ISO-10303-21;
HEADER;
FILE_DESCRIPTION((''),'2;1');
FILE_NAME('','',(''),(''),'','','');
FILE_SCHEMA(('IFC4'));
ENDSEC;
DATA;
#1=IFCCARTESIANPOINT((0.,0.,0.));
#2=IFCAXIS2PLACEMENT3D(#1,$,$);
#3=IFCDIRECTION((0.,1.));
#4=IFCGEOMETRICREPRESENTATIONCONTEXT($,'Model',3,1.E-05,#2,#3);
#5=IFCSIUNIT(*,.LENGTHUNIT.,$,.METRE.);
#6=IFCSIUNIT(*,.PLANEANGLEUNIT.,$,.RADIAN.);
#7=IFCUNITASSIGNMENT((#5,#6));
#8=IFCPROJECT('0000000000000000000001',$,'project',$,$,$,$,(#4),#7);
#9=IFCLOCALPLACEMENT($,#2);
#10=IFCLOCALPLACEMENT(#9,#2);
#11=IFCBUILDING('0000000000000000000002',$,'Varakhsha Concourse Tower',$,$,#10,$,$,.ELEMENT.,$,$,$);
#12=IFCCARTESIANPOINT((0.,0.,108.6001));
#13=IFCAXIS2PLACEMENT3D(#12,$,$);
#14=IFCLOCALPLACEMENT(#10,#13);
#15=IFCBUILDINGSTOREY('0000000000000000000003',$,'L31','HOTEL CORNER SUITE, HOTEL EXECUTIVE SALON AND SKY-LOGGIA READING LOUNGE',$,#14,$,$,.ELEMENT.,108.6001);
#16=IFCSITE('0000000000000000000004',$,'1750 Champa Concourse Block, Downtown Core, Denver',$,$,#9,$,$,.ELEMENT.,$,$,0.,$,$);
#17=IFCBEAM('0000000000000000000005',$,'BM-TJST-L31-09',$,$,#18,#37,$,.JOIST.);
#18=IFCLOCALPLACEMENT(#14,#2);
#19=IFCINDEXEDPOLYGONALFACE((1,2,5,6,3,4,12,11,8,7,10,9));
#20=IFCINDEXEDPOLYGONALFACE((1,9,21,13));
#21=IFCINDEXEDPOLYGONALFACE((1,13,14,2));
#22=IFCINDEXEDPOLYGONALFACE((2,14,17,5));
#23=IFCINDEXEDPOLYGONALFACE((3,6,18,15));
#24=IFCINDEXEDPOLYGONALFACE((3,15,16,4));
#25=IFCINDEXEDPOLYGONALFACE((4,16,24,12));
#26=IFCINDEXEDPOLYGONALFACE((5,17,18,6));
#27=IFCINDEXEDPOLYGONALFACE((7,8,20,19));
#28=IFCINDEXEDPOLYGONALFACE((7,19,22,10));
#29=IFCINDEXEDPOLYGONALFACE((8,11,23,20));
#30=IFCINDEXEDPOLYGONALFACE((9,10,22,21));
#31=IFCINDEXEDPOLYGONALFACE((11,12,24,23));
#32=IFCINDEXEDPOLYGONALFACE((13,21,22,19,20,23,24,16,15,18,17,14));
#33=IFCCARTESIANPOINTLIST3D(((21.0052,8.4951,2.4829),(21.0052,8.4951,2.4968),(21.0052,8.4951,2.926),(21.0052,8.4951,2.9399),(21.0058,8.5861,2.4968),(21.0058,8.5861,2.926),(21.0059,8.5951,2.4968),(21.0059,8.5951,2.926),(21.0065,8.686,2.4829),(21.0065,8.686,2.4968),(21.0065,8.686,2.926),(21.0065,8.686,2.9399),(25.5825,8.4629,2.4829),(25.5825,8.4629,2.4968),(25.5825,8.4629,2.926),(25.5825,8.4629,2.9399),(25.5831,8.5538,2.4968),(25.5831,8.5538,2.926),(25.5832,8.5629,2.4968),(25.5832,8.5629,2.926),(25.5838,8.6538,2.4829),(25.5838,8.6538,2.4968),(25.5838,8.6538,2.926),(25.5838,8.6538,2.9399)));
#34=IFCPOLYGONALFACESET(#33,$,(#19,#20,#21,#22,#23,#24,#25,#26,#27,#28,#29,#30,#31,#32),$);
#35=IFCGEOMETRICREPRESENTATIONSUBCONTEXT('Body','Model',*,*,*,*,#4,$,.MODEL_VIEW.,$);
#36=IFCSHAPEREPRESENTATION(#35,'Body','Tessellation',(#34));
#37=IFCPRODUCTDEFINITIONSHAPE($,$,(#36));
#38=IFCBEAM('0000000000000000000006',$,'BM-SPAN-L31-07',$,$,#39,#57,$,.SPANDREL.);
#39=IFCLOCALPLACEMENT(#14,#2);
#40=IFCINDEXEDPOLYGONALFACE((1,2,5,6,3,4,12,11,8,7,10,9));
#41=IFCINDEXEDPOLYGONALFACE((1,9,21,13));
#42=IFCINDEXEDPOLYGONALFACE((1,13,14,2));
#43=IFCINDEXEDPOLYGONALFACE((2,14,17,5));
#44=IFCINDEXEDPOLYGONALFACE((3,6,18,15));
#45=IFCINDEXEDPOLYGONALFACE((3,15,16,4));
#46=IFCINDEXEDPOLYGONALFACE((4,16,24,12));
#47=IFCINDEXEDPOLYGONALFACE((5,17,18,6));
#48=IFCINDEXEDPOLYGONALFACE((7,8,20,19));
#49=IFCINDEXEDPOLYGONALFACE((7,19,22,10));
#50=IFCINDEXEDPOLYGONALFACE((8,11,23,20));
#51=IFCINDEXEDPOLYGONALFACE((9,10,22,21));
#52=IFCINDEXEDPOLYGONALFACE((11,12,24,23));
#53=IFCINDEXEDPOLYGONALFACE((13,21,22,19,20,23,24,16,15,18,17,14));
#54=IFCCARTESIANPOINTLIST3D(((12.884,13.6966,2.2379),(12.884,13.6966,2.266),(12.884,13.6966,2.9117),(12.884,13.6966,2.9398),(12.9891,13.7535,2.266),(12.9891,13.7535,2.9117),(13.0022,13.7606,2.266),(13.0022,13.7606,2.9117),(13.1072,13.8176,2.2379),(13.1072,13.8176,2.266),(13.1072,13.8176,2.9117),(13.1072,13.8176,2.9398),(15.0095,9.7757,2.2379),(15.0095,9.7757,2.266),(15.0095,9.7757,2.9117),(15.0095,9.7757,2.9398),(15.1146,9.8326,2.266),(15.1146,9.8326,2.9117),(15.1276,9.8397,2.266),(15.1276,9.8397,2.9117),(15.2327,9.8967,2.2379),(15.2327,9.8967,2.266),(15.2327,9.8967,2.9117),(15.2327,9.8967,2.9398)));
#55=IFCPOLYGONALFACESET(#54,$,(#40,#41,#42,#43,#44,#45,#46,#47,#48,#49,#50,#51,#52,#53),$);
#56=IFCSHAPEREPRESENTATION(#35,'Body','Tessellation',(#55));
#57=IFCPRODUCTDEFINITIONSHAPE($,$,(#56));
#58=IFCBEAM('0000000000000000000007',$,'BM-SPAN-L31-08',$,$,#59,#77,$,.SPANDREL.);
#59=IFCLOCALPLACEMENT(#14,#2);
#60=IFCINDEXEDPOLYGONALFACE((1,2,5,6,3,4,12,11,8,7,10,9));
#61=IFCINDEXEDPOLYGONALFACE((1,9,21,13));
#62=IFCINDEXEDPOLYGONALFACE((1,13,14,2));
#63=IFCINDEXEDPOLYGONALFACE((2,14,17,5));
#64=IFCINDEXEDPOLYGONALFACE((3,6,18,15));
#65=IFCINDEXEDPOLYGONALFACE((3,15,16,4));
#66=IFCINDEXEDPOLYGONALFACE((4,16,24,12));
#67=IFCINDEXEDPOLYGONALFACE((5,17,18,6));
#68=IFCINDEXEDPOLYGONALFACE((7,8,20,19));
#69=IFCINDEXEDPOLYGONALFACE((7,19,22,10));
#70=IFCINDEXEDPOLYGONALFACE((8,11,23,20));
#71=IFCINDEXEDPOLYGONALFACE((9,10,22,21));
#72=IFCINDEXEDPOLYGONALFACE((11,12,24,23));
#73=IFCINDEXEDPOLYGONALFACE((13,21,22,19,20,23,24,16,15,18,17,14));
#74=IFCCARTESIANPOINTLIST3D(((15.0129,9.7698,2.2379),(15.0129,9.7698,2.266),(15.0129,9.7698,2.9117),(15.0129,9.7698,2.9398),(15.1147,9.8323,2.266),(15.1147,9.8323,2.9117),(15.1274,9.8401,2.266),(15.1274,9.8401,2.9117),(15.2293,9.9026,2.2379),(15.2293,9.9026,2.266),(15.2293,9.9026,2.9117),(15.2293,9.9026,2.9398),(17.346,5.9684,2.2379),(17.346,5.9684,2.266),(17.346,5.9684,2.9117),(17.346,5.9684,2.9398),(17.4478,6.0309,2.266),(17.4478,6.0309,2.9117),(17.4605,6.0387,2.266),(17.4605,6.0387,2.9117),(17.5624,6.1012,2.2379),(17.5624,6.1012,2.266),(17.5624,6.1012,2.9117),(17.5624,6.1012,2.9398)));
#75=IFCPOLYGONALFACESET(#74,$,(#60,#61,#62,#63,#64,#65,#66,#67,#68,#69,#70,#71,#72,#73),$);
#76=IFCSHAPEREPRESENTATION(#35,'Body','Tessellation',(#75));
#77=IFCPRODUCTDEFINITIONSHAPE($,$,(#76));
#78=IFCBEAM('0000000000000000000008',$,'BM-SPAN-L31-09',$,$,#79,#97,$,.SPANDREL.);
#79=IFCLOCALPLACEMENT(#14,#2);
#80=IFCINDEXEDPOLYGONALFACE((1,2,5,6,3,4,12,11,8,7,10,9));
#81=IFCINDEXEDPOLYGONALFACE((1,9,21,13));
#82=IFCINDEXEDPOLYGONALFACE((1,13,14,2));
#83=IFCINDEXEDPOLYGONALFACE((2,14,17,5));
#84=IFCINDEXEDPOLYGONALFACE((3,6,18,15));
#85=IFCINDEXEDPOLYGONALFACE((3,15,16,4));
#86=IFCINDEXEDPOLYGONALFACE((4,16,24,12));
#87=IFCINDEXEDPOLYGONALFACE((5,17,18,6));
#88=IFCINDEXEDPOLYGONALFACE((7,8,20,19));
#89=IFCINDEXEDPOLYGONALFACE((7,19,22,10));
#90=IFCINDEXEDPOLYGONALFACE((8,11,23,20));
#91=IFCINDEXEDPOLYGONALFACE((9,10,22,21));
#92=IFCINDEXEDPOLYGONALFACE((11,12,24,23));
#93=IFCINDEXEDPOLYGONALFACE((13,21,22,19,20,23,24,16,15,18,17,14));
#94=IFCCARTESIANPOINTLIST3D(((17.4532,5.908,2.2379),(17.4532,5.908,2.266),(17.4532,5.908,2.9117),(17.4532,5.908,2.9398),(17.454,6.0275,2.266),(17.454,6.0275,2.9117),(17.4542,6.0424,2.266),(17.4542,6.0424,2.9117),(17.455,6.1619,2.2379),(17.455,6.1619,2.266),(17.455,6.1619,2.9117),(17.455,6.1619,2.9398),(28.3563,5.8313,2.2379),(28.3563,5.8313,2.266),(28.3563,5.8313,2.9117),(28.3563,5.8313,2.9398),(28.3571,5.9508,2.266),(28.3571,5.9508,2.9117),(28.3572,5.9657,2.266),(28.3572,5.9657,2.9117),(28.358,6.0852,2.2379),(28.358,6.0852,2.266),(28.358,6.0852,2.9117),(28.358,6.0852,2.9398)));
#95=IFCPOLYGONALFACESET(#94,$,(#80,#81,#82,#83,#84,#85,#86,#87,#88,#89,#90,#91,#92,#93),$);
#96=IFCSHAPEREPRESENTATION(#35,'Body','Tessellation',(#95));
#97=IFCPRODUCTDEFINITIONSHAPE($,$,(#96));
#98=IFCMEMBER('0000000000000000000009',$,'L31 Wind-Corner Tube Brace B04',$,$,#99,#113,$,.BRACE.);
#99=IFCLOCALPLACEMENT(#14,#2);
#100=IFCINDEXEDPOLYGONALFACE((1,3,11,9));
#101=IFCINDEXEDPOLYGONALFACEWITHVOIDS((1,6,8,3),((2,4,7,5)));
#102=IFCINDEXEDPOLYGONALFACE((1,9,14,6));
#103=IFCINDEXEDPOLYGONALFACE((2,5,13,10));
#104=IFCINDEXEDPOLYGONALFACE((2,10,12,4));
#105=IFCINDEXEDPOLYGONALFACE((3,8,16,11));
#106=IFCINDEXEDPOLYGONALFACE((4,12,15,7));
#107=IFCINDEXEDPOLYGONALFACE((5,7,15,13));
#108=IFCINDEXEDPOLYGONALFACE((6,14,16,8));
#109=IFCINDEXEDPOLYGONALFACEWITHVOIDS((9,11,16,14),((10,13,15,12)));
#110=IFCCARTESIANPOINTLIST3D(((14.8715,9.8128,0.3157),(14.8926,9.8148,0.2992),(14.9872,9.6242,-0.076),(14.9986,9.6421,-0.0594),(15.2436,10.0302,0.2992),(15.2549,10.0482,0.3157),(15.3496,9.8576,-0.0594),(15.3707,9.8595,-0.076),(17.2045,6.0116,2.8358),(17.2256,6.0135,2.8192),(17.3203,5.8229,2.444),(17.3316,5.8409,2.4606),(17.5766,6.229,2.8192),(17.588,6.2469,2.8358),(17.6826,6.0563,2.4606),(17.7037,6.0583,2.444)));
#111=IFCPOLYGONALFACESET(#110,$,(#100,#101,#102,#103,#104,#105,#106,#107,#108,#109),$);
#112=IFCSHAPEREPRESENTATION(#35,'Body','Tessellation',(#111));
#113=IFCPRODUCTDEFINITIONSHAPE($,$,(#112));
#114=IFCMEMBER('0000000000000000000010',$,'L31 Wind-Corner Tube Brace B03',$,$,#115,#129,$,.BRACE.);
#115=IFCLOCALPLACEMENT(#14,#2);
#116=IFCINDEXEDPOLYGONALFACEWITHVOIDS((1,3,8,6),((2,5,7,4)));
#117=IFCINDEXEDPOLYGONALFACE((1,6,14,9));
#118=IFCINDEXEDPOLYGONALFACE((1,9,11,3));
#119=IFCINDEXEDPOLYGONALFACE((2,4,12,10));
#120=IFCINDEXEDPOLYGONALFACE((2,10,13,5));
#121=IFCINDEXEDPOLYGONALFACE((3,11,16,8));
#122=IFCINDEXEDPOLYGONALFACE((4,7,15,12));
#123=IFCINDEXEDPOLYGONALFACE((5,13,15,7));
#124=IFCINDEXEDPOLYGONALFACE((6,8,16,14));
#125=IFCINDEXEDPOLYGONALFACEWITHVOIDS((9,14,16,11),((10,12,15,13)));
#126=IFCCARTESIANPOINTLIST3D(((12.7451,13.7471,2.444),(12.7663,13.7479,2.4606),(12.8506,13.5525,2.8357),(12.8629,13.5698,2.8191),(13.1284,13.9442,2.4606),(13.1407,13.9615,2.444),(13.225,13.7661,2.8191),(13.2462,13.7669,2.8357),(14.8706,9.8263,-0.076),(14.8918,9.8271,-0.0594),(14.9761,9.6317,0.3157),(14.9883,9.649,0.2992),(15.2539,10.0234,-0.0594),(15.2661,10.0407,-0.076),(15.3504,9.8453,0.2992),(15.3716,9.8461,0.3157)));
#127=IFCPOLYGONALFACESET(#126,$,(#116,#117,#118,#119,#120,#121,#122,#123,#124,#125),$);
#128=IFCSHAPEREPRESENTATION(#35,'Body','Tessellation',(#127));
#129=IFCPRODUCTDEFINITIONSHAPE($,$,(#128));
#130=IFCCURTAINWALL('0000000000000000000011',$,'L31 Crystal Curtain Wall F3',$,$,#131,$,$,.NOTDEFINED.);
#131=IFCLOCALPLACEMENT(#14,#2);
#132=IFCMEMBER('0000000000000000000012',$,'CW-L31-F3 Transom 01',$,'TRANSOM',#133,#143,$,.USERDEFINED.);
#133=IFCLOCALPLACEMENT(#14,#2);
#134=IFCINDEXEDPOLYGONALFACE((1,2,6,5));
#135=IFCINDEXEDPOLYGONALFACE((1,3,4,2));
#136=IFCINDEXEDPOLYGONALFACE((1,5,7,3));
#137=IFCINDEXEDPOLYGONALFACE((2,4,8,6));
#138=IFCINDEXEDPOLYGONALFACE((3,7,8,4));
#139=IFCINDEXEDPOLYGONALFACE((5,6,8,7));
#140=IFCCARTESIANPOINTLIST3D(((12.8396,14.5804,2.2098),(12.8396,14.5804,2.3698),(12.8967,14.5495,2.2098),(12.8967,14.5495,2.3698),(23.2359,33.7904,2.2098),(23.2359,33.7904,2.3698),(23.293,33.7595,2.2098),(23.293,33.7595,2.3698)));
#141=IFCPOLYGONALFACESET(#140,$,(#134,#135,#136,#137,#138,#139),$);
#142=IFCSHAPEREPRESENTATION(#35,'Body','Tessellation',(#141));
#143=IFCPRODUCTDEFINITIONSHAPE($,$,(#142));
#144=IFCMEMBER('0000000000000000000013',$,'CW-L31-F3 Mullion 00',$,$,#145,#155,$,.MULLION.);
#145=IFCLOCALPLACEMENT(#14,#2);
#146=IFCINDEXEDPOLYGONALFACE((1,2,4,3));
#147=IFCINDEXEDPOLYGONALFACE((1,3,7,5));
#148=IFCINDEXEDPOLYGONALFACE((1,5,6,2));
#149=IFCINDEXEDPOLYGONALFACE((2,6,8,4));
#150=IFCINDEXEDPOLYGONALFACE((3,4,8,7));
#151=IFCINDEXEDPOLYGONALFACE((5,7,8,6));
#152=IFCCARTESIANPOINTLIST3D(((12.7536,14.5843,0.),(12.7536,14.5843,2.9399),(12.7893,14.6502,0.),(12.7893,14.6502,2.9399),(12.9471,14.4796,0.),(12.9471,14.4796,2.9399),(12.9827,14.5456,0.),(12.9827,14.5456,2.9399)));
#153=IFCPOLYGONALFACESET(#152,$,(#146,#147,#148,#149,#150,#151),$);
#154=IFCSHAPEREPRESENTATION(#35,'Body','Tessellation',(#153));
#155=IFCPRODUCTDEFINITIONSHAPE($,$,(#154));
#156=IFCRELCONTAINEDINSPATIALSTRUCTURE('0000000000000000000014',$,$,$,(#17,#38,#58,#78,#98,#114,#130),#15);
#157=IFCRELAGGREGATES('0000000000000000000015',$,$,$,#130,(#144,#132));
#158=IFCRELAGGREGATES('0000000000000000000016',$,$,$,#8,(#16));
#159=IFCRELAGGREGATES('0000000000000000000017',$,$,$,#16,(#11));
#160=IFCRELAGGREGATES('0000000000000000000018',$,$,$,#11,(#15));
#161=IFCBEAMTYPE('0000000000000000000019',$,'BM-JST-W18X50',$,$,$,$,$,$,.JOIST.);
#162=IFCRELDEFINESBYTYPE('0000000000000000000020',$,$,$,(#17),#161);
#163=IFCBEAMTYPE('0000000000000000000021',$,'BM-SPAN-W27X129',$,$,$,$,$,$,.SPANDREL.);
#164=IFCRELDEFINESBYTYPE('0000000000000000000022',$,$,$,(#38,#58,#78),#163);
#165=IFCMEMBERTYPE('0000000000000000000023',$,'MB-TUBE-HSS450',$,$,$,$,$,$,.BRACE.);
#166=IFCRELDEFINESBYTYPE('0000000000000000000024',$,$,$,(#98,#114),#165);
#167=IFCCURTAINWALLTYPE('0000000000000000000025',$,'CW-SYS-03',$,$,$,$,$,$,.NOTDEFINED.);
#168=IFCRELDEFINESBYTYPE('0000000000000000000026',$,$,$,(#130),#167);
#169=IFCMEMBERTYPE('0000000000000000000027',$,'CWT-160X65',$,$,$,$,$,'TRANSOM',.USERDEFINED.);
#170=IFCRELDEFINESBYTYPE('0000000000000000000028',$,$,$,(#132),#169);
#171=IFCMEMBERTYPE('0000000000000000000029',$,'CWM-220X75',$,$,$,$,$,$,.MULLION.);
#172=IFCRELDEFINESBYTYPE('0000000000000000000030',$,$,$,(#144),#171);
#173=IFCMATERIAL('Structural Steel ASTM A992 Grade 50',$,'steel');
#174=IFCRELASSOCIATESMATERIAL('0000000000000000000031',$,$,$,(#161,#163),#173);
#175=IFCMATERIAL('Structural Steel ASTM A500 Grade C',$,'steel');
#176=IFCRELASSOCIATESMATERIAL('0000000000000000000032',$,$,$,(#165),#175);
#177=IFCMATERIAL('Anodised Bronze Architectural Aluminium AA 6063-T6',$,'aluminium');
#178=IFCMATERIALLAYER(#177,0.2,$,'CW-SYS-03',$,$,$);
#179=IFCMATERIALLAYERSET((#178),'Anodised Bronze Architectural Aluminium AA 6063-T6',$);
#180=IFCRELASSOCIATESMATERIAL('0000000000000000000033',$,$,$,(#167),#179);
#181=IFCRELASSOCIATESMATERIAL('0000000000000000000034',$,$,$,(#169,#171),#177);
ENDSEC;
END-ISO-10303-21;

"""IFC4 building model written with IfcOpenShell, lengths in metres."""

from ifc_helpers import new_model, si_unit, direction, frame, origin, origin_2d, place, context, subcontext, project, spatial, rectangle, hollow_rectangle, i_section, extrude, source, transform, mapped, material, layer, layer_set, material_profile, profile_set, type_object, type_shapes, element, aggregate, save


model = new_model("IFC4")

# Units and contexts
model_context = context("Model", 3, precision=1e-05, world=origin(), true_north=direction((0.0, 1.0)))
body_context = subcontext(model_context, "Body", "Model", "MODEL_VIEW")
ifc_project = project(units=[si_unit("LENGTHUNIT", "METRE"), si_unit("PLANEANGLEUNIT", "RADIAN")], contexts=[model_context])

# Site, building, storey
site_placement = place(None, origin())
site = spatial("IfcSite", under=ifc_project, at=site_placement, Name="1750 Champa Concourse Block, Downtown Core, Denver", CompositionType="ELEMENT", RefElevation=0.0)
building_placement = place(site_placement, origin())
building = spatial("IfcBuilding", under=site, at=building_placement, Name="Varakhsha Concourse Tower", CompositionType="ELEMENT")
storey_placement = place(building_placement, frame((0.0, 0.0, 108.6001)))
storey = spatial("IfcBuildingStorey", under=building, at=storey_placement, Name="L31", Description="HOTEL CORNER SUITE, HOTEL EXECUTIVE SALON AND SKY-LOGGIA READING LOUNGE", CompositionType="ELEMENT", Elevation=108.6001)

# Shared definitions
ifc_material_1 = material(Name="Structural Steel ASTM A992 Grade 50", Category="steel")

# Beams
ifc_material_profile_1 = material_profile(ifc_material_1, i_section(OverallWidth=0.1909, OverallDepth=0.457, WebThickness=0.009, FlangeThickness=0.0139, at=origin_2d()), Name="W18X50")
ifc_profile_set_1 = profile_set([ifc_material_profile_1], Name="Structural Steel ASTM A992 Grade 50")
beam_type_1 = type_object("IfcBeamType", Name="BM-JST-W18X50", PredefinedType="JOIST", material=ifc_profile_set_1)
beam_1_placement = place(storey_placement, frame((21.0059, 8.5906, 2.7114), z_axis=(0.999975, -0.00704, 0.0), x_axis=(0.00704, 0.999975, 0.0)))
element("IfcBeam", 1, at=beam_1_placement, inside=storey, type_object=beam_type_1, Name="BM-TJST-L31-09", PredefinedType="JOIST", context=body_context, shape_type="SweptSolid", body=[
    extrude(i_section(OverallWidth=0.1909, OverallDepth=0.457, WebThickness=0.009, FlangeThickness=0.0139, at=origin_2d()), origin(), (0.0, 0.0, 1.0), 4.5774),
])
ifc_material_profile_2 = material_profile(ifc_material_1, i_section(OverallWidth=0.2539, OverallDepth=0.7019, WebThickness=0.0149, FlangeThickness=0.0281, at=origin_2d()), Name="W27X129")
ifc_profile_set_2 = profile_set([ifc_material_profile_2], Name="Structural Steel ASTM A992 Grade 50")
beam_type_2 = type_object("IfcBeamType", Name="BM-SPAN-W27X129", PredefinedType="SPANDREL", material=ifc_profile_set_2)
beam_2_placement = place(storey_placement, frame((12.9956, 13.7571, 2.5889), z_axis=(0.476572, -0.879135, 0.0), x_axis=(0.879135, 0.476572, 0.0)))
element("IfcBeam", 2, at=beam_2_placement, inside=storey, type_object=beam_type_2, Name="BM-SPAN-L31-07", PredefinedType="SPANDREL", context=body_context, shape_type="SweptSolid", body=[
    extrude(i_section(OverallWidth=0.2539, OverallDepth=0.7019, WebThickness=0.0149, FlangeThickness=0.0281, at=origin_2d()), origin(), (0.0, 0.0, 1.0), 4.46),
])
beam_3_placement = place(storey_placement, frame((15.1211, 9.8362, 2.5889), z_axis=(0.523083, -0.852282, 0.0), x_axis=(0.852282, 0.523083, 0.0)))
element("IfcBeam", 3, at=beam_3_placement, inside=storey, type_object=beam_type_2, Name="BM-SPAN-L31-08", PredefinedType="SPANDREL", context=body_context, shape_type="SweptSolid", body=[
    extrude(i_section(OverallWidth=0.2539, OverallDepth=0.7019, WebThickness=0.0149, FlangeThickness=0.0281, at=origin_2d()), origin(), (0.0, 0.0, 1.0), 4.4602),
])
beam_4_placement = place(storey_placement, frame((17.4541, 6.0349, 2.5889), z_axis=(0.999975, -0.007031, 0.0), x_axis=(0.007031, 0.999975, 0.0)))
element("IfcBeam", 4, at=beam_4_placement, inside=storey, type_object=beam_type_2, Name="BM-SPAN-L31-09", PredefinedType="SPANDREL", context=body_context, shape_type="SweptSolid", body=[
    extrude(i_section(OverallWidth=0.2539, OverallDepth=0.7019, WebThickness=0.0149, FlangeThickness=0.0281, at=origin_2d()), origin(), (0.0, 0.0, 1.0), 10.9033),
])

# Members
ifc_material_2 = material(Name="Structural Steel ASTM A500 Grade C", Category="steel")
ifc_material_profile_3 = material_profile(ifc_material_2, hollow_rectangle(XDim=0.45, YDim=0.45, WallThickness=0.019, at=origin_2d()), Name="HSS 450x450x19")
ifc_profile_set_3 = profile_set([ifc_material_profile_3], Name="Structural Steel ASTM A500 Grade C")
member_type_1 = type_object("IfcMemberType", Name="MB-TUBE-HSS450", PredefinedType="BRACE", material=ifc_profile_set_3)
shared_shape_1 = source(origin(), body_context, "Body", "SweptSolid", [
    extrude(hollow_rectangle(XDim=0.45, YDim=0.45, WallThickness=0.019, at=origin_2d()), origin(), (0.0, 0.0, 1.0), 5.1228),
])
member_1_placement = place(storey_placement, frame((15.1211, 9.8362, 0.1199), z_axis=(0.455417, -0.74203, 0.491922), x_axis=(0.852282, 0.523083, 0.0)))
element("IfcMember", 5, at=member_1_placement, inside=storey, type_object=member_type_1, Name="L31 Wind-Corner Tube Brace B04", PredefinedType="BRACE", context=body_context, shape_type="MappedRepresentation", body=[
    mapped(shared_shape_1, transform((0.0, 0.0, 0.0), scale=1.0)),
])
shared_shape_2 = source(origin(), body_context, "Body", "SweptSolid", [
    extrude(hollow_rectangle(XDim=0.45, YDim=0.45, WallThickness=0.019, at=origin_2d()), origin(), (0.0, 0.0, 1.0), 5.1226),
])
type_shapes(member_type_1, [shared_shape_1, shared_shape_2])
member_2_placement = place(storey_placement, frame((15.1211, 9.8362, 0.1199), z_axis=(-0.414919, 0.765403, 0.491936), x_axis=(-0.879135, -0.476572, 0.0)))
element("IfcMember", 6, at=member_2_placement, inside=storey, type_object=member_type_1, Name="L31 Wind-Corner Tube Brace B03", PredefinedType="BRACE", context=body_context, shape_type="MappedRepresentation", body=[
    mapped(shared_shape_2, transform((0.0, 0.0, 0.0), scale=1.0)),
])

# Curtain wall, members
ifc_material_3 = material(Name="Anodised Bronze Architectural Aluminium AA 6063-T6", Category="aluminium")
ifc_layer_1 = layer(ifc_material_3, 0.2, Name="CW-SYS-03")
ifc_layer_set_1 = layer_set([ifc_layer_1], Name="Anodised Bronze Architectural Aluminium AA 6063-T6")
curtain_wall_type = type_object("IfcCurtainWallType", Name="CW-SYS-03", PredefinedType="NOTDEFINED", material=ifc_layer_set_1)
curtain_wall_placement = place(storey_placement, origin())
curtain_wall = element("IfcCurtainWall", 7, at=curtain_wall_placement, inside=storey, type_object=curtain_wall_type, Name="L31 Crystal Curtain Wall F3", PredefinedType="NOTDEFINED")
ifc_material_profile_4 = material_profile(ifc_material_3, rectangle(XDim=0.0649, YDim=0.1599, at=origin_2d()), Name="CWT-160X65")
ifc_profile_set_4 = profile_set([ifc_material_profile_4], Name="Anodised Bronze Architectural Aluminium AA 6063-T6")
member_type_2 = type_object("IfcMemberType", Name="CWT-160X65", ElementType="TRANSOM", PredefinedType="USERDEFINED", material=ifc_profile_set_4)
shared_shape_3 = source(origin(), body_context, "Body", "SweptSolid", [
    extrude(rectangle(XDim=0.0649, YDim=0.1599, at=origin_2d()), origin(), (0.0, 0.0, 1.0), 21.8428),
])
type_shapes(member_type_2, [shared_shape_3])
member_3_placement = place(storey_placement, frame((12.8682, 14.5649, 2.2898), z_axis=(0.475959, 0.879467, 0.0), x_axis=(-0.879467, 0.475959, 0.0)))
member_3 = element("IfcMember", 8, at=member_3_placement, type_object=member_type_2, Name="CW-L31-F3 Transom 01", ObjectType="TRANSOM", PredefinedType="USERDEFINED", context=body_context, shape_type="MappedRepresentation", body=[
    mapped(shared_shape_3, transform((0.0, 0.0, 0.0), scale=1.0)),
])
ifc_material_profile_5 = material_profile(ifc_material_3, rectangle(XDim=0.075, YDim=0.22, at=origin_2d()), Name="CWM-220X75")
ifc_profile_set_5 = profile_set([ifc_material_profile_5], Name="Anodised Bronze Architectural Aluminium AA 6063-T6")
member_type_3 = type_object("IfcMemberType", Name="CWM-220X75", PredefinedType="MULLION", material=ifc_profile_set_5)
shared_shape_4 = source(origin(), body_context, "Body", "SweptSolid", [
    extrude(rectangle(XDim=0.075, YDim=0.22, at=origin_2d()), origin(), (0.0, 0.0, 1.0), 2.9399),
])
type_shapes(member_type_3, [shared_shape_4])
member_4_placement = place(storey_placement, frame((12.8682, 14.5649, 0.0), z_axis=(0.0, 0.0, 1.0), x_axis=(0.475959, 0.879468, 0.0)))
member_4 = element("IfcMember", 9, at=member_4_placement, type_object=member_type_3, Name="CW-L31-F3 Mullion 00", PredefinedType="MULLION", context=body_context, shape_type="MappedRepresentation", body=[
    mapped(shared_shape_4, transform((0.0, 0.0, 0.0), scale=1.0)),
])

aggregate(curtain_wall, [member_4, member_3])

save(model, "model.ifc")
